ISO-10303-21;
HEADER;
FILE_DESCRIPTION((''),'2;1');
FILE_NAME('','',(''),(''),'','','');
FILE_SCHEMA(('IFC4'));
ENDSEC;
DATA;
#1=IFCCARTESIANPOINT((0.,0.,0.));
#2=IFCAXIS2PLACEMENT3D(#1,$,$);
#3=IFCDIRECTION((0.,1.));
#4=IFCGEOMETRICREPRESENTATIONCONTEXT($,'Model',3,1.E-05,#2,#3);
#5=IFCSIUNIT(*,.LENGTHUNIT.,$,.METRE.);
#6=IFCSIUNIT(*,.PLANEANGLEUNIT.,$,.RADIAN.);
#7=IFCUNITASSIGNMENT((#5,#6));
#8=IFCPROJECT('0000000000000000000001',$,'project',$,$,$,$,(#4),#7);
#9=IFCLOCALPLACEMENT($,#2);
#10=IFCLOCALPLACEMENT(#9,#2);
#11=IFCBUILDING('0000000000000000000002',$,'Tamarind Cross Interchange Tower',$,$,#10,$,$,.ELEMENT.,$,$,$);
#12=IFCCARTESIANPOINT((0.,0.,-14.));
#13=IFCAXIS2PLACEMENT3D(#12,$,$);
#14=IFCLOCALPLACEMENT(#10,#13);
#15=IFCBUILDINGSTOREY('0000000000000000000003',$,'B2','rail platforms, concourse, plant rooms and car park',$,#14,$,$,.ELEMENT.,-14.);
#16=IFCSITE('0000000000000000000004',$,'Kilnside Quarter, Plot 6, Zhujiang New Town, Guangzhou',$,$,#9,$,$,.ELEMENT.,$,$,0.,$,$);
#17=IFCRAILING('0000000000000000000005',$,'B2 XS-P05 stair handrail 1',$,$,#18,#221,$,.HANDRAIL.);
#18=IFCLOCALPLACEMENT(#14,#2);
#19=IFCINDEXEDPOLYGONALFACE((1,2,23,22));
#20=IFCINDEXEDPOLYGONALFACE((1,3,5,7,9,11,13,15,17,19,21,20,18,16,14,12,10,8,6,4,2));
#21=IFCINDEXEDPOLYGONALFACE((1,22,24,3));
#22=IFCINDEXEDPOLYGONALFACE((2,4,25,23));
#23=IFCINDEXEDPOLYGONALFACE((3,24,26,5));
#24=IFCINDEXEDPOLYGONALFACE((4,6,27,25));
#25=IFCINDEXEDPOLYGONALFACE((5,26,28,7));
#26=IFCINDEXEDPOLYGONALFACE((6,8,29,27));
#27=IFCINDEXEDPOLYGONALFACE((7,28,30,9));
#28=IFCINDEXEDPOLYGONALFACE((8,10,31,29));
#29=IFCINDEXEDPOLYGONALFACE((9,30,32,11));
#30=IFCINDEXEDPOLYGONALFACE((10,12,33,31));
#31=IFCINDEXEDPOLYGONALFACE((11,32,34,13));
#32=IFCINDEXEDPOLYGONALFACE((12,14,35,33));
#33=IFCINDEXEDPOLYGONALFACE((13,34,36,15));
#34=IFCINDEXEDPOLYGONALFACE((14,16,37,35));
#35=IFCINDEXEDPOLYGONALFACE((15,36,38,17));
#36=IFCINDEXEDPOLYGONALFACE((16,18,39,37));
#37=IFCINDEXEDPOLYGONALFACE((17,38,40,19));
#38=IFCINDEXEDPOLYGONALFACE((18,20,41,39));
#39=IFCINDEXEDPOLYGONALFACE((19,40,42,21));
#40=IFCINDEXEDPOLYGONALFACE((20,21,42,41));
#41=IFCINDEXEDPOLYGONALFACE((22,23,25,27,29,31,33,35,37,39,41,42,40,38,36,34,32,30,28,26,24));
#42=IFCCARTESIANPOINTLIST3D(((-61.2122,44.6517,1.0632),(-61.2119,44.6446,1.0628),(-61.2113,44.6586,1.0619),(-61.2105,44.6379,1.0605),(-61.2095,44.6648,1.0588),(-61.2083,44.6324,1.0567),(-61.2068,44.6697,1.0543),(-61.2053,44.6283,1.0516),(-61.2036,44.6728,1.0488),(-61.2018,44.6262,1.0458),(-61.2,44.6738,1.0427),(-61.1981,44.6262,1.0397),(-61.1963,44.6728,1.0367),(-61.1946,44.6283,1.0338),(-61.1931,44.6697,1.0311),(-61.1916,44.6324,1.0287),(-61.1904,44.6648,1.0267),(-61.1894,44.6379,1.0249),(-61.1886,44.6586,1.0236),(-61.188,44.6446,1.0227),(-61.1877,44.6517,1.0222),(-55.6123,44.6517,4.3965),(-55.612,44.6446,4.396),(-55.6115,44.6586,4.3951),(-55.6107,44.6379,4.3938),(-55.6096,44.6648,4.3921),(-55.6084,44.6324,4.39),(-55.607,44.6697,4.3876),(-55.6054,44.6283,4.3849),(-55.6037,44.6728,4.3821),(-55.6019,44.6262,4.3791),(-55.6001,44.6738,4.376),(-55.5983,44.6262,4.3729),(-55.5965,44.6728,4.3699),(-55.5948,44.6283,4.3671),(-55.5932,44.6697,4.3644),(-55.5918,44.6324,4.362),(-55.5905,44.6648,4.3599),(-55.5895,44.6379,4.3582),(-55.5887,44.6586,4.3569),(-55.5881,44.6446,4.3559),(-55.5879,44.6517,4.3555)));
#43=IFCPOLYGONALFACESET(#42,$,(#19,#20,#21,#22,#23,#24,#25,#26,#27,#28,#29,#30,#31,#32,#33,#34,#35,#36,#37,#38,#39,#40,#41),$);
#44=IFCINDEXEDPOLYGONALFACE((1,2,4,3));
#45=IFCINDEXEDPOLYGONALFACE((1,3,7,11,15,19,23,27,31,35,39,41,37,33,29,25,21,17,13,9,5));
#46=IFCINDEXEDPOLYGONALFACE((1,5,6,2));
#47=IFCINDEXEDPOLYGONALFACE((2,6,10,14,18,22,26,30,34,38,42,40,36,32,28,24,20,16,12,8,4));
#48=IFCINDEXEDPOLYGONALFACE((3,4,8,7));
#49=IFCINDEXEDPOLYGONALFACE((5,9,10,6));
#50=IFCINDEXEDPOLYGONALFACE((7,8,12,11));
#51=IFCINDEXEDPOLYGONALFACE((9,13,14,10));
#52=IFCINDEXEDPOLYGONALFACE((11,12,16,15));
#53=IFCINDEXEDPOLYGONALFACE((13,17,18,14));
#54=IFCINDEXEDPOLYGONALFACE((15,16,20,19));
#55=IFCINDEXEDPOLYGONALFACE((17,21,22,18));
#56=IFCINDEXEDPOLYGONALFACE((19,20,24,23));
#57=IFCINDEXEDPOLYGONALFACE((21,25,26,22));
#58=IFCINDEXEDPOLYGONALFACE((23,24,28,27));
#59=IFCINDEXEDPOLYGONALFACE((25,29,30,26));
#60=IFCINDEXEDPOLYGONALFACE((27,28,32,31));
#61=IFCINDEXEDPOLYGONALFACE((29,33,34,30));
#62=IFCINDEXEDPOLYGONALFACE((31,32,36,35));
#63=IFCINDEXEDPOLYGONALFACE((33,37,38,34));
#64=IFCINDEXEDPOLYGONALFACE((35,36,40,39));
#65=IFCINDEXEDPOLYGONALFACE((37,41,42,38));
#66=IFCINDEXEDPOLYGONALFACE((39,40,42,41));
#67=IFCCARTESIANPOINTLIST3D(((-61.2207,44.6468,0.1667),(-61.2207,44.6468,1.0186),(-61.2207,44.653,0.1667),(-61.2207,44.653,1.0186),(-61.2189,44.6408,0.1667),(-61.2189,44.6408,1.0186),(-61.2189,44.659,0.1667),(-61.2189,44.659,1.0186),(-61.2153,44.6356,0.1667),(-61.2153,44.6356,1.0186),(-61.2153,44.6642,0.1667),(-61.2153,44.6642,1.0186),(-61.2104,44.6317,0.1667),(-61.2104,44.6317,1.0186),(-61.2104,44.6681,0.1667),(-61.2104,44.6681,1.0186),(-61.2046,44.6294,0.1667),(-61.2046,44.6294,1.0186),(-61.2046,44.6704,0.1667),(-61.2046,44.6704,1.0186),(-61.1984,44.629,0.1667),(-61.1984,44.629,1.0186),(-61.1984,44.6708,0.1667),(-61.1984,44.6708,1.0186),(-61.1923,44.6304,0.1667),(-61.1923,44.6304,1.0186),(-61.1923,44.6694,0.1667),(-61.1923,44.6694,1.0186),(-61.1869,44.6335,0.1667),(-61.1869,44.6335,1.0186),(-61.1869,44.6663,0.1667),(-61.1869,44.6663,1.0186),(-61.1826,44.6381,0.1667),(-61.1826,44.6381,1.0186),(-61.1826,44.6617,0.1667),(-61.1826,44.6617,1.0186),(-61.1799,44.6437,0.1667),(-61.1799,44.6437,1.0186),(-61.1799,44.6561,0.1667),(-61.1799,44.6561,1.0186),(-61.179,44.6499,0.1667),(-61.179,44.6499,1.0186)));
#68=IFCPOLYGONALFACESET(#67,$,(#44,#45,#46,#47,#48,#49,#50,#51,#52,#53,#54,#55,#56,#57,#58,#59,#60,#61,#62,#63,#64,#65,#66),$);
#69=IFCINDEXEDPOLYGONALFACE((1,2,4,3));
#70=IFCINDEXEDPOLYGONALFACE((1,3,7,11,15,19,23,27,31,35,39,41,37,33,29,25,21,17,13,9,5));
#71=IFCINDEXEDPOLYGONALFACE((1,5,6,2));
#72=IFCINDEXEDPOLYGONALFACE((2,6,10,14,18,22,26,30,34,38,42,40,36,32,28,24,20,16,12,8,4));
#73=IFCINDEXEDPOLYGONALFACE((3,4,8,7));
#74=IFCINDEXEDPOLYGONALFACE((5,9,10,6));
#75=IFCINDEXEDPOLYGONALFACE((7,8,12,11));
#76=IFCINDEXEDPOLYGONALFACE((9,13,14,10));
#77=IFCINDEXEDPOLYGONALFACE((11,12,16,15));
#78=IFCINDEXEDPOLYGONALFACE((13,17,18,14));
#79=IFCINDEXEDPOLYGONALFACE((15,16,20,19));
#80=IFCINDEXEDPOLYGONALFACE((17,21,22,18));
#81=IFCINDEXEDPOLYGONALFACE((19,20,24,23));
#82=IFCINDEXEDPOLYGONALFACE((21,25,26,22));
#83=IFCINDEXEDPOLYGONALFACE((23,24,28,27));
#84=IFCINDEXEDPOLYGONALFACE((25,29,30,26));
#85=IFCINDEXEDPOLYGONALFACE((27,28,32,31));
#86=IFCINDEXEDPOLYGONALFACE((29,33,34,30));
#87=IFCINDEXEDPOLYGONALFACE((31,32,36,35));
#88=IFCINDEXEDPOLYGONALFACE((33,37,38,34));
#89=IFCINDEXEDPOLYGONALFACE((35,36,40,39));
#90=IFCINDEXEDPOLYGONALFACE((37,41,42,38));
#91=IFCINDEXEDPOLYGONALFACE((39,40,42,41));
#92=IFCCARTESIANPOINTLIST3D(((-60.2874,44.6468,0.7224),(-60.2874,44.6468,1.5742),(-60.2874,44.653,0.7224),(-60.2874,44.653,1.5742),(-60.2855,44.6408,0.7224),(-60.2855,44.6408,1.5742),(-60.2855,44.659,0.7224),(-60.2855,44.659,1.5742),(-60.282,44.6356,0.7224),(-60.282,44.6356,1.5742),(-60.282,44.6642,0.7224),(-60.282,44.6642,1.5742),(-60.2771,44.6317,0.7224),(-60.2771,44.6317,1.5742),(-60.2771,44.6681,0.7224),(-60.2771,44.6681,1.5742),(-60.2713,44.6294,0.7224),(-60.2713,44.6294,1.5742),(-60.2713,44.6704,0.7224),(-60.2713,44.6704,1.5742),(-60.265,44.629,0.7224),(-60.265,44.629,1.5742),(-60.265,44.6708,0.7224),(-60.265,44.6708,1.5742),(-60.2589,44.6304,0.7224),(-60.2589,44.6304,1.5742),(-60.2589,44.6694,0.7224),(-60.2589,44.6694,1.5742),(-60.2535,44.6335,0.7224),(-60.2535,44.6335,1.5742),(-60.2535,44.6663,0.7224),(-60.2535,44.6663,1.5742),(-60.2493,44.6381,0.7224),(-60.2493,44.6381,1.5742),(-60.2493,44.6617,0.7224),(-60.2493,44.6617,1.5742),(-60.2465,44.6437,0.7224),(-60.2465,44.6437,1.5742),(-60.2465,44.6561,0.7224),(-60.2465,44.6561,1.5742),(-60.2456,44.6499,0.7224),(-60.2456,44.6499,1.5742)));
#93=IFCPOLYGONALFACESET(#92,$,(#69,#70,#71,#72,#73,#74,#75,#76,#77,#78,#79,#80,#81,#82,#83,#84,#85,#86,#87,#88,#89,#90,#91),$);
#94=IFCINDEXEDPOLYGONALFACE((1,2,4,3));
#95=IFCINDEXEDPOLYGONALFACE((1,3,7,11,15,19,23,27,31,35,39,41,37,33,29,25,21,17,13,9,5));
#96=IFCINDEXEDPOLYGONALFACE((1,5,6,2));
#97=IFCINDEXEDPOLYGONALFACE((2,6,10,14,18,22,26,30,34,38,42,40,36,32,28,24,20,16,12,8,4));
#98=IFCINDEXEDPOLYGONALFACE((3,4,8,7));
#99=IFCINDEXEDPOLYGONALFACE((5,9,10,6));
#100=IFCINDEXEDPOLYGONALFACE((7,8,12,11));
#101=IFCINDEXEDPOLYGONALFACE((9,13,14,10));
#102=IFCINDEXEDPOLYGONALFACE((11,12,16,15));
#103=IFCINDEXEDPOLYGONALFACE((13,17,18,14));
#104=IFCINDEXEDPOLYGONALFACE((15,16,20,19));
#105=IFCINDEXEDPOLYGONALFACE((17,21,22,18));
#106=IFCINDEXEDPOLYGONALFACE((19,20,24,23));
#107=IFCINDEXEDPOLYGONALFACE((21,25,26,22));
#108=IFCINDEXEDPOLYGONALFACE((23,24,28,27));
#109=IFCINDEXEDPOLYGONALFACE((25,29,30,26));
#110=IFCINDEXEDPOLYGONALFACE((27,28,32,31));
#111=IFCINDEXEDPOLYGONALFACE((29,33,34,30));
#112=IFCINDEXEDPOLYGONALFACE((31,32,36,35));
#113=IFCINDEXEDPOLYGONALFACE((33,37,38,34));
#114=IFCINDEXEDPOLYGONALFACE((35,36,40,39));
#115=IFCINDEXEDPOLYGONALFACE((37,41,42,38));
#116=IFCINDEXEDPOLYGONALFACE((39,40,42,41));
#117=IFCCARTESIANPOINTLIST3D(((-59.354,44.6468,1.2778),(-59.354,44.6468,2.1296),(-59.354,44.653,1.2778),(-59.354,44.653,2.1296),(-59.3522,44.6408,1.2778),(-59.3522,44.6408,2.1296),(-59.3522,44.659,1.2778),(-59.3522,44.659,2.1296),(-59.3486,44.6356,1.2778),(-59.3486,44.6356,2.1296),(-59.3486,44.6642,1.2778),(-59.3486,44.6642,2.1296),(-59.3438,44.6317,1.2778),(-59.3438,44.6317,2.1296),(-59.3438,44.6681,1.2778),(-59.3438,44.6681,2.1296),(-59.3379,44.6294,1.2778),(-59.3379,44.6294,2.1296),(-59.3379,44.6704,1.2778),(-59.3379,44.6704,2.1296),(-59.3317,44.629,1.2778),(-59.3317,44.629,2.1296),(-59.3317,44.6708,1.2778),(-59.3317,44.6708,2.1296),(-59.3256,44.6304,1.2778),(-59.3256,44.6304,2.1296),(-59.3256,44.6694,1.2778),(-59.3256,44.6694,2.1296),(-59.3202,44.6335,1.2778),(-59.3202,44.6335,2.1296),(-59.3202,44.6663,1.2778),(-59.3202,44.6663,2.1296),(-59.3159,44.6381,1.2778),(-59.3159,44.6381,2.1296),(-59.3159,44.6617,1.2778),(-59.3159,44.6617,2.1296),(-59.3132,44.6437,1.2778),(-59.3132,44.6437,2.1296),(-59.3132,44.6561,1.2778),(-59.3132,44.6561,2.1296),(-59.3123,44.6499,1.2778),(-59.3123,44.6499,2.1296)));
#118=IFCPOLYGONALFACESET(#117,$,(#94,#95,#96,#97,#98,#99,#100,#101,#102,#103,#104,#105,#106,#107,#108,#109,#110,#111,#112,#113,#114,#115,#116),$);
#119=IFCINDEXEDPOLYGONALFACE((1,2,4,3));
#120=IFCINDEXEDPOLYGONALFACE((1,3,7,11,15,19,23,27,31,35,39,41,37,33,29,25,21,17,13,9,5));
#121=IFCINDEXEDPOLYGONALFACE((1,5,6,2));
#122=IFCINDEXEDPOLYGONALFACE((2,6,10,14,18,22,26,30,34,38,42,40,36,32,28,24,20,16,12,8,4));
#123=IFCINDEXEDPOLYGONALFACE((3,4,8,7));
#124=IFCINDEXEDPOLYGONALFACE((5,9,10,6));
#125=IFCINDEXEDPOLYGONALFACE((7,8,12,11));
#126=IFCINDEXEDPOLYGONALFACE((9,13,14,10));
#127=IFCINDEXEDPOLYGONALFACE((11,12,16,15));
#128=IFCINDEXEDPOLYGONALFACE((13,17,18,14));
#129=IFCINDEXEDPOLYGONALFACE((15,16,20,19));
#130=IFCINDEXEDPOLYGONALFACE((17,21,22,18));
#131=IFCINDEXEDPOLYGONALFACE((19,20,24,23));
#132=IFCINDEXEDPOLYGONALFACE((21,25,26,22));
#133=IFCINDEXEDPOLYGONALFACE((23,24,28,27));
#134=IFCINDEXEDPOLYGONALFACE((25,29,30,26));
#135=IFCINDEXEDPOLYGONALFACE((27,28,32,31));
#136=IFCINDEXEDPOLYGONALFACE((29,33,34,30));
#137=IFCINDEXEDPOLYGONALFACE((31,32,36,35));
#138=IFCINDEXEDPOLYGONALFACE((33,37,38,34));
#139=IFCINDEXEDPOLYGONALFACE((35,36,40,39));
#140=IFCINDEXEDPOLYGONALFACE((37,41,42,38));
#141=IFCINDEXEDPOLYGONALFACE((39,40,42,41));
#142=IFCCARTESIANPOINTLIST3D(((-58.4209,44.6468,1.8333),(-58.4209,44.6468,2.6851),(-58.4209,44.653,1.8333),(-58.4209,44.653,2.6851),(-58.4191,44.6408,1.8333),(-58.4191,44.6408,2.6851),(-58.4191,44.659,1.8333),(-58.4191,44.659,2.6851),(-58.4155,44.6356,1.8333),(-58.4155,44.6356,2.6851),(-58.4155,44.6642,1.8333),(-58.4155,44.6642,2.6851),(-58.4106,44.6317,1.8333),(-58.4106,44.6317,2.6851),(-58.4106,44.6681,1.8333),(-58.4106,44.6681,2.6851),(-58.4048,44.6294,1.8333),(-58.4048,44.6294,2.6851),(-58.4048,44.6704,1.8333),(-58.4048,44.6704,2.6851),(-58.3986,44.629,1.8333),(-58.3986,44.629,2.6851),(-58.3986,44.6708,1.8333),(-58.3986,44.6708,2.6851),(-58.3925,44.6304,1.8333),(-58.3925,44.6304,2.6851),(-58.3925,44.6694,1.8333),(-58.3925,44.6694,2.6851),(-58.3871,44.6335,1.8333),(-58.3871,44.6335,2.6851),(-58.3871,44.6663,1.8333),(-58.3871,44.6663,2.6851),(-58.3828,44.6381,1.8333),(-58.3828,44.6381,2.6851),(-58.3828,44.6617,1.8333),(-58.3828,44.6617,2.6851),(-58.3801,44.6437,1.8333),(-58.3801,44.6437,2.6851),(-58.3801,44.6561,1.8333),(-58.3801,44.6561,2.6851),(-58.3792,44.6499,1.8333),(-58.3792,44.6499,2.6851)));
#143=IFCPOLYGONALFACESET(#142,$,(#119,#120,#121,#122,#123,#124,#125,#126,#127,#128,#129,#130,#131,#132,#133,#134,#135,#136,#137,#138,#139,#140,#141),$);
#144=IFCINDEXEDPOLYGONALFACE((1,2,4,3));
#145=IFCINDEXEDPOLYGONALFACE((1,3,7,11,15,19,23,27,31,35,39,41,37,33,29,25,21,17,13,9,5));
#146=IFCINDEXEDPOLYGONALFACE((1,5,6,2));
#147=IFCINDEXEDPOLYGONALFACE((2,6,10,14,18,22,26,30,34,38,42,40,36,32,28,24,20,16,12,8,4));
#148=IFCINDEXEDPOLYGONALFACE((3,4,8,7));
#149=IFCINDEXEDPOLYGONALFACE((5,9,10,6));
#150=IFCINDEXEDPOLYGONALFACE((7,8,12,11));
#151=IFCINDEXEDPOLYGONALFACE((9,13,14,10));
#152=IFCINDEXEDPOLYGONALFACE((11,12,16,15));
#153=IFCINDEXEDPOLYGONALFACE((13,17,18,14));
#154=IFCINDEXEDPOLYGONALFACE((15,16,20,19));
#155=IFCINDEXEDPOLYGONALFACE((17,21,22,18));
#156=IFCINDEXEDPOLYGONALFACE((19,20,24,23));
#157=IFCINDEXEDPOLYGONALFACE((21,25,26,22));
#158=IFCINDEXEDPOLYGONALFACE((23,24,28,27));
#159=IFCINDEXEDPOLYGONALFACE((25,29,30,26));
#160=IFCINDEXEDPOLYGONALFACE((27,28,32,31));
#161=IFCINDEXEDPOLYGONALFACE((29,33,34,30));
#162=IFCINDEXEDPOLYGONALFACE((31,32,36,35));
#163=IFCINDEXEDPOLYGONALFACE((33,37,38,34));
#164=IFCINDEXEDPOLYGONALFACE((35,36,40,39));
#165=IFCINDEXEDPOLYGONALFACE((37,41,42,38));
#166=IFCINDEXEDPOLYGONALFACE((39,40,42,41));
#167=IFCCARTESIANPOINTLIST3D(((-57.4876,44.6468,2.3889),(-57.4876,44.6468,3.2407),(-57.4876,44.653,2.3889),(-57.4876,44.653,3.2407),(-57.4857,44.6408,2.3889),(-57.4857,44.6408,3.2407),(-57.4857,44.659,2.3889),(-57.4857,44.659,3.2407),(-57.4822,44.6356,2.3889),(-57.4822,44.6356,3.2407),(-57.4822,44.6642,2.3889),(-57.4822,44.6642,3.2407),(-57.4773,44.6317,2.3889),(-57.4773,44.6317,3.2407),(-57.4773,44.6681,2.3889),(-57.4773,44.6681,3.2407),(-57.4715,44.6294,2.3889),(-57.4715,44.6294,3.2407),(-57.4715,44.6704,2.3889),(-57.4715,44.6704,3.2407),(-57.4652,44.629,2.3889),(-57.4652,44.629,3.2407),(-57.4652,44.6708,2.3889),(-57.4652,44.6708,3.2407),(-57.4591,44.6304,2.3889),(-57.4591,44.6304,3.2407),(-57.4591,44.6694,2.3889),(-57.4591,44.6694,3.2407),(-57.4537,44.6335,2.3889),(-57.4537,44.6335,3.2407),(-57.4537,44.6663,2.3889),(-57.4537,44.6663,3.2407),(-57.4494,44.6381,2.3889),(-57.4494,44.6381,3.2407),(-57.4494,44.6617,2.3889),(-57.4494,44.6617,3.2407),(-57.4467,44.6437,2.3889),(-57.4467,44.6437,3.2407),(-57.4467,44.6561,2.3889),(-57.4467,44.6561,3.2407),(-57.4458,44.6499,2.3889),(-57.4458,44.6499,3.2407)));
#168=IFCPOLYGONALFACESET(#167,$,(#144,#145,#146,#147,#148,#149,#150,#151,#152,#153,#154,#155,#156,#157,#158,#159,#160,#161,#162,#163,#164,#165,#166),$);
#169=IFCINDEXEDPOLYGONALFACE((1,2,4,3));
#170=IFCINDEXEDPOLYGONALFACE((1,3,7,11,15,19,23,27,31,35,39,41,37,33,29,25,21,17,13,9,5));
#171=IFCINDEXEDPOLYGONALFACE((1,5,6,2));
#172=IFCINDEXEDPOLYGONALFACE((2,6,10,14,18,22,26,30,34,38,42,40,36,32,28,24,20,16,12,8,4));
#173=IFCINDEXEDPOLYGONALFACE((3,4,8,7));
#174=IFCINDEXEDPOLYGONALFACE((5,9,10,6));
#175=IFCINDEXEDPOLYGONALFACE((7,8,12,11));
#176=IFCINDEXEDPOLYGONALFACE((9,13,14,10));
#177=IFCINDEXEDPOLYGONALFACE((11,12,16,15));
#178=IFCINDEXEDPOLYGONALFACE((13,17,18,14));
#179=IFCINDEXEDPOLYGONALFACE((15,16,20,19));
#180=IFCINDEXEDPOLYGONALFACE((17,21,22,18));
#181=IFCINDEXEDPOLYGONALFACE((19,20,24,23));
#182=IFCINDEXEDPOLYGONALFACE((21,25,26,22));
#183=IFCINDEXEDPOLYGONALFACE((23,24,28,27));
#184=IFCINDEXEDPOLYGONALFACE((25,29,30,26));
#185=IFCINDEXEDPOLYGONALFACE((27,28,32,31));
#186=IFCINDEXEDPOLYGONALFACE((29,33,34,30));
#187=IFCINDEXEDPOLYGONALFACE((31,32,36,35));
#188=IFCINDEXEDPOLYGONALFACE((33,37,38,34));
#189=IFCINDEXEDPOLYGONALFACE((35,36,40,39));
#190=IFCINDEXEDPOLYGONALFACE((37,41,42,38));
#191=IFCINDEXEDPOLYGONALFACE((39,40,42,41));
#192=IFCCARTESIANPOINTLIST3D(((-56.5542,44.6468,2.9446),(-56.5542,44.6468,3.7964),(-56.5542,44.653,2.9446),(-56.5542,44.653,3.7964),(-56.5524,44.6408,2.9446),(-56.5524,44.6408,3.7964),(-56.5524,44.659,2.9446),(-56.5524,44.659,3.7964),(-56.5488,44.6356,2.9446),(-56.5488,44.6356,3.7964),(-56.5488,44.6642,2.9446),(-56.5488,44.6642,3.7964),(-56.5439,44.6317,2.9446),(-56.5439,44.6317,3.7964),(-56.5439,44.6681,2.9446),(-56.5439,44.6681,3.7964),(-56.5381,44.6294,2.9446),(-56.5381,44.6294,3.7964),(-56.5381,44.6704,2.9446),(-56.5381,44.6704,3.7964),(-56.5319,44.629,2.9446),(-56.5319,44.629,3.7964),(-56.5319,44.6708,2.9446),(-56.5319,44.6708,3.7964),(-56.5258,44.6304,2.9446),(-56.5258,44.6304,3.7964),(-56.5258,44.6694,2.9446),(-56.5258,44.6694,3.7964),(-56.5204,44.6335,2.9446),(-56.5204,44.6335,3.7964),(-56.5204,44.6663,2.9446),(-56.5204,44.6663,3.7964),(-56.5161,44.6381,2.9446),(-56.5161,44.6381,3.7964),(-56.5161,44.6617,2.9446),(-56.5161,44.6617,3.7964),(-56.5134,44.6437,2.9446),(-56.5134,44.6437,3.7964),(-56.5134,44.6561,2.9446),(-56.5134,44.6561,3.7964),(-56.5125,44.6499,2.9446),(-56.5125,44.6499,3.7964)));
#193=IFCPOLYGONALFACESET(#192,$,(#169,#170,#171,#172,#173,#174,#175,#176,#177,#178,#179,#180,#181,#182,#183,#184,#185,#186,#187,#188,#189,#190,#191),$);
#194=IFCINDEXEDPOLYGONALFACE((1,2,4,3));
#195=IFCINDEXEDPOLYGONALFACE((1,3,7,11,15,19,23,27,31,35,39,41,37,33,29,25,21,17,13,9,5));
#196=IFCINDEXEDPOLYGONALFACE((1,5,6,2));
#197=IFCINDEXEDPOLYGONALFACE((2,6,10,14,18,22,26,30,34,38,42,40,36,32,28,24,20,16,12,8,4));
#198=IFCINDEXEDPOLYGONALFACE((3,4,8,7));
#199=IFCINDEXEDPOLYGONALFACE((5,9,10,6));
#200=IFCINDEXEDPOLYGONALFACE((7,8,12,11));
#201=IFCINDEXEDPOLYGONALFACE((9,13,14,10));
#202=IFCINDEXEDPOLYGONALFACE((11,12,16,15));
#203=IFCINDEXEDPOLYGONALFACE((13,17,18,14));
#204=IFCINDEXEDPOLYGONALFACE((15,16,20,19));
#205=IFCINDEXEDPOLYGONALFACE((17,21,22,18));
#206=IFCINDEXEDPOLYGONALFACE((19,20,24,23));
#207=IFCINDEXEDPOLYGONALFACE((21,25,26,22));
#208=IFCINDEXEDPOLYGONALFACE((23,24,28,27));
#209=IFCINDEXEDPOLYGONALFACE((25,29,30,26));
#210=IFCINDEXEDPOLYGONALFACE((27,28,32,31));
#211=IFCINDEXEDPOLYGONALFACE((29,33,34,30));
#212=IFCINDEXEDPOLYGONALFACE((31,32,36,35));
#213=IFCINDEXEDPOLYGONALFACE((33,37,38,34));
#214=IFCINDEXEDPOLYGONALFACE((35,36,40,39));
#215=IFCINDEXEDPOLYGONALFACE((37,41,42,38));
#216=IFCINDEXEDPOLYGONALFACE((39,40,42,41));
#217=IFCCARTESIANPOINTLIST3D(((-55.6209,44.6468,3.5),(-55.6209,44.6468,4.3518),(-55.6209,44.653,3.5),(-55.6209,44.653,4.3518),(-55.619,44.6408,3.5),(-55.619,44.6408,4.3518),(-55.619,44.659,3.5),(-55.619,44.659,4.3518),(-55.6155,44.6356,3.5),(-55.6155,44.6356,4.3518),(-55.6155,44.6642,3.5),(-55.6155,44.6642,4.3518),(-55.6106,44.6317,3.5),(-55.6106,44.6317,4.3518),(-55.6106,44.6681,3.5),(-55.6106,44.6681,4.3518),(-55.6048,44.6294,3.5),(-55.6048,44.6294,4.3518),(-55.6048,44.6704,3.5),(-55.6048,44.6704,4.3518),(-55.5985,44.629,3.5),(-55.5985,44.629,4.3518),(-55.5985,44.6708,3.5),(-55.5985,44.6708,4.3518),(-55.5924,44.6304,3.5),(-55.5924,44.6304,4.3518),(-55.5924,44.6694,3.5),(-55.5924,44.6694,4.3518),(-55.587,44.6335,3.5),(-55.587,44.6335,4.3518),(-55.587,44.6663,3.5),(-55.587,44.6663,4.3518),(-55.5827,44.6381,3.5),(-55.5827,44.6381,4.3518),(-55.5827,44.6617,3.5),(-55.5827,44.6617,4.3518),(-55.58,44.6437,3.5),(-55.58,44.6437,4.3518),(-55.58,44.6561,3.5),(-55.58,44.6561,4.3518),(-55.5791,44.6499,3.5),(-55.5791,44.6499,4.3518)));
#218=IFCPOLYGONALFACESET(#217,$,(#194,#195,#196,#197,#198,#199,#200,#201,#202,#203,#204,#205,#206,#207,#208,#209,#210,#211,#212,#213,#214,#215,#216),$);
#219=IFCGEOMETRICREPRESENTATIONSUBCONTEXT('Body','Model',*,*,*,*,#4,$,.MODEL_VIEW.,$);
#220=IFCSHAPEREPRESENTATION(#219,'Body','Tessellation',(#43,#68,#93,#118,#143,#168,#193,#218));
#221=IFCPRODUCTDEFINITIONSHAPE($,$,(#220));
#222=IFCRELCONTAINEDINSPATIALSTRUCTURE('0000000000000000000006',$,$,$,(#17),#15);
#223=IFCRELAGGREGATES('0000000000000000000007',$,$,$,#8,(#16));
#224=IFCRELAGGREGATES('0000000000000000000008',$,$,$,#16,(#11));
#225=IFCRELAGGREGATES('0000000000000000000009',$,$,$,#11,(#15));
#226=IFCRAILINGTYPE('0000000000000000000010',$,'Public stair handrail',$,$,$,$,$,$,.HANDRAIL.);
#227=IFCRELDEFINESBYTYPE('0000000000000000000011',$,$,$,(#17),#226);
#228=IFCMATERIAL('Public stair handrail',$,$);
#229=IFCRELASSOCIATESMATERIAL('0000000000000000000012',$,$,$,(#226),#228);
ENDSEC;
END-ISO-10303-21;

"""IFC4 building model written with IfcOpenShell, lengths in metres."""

from ifc_helpers import new_model, si_unit, direction, frame, origin, origin_2d, place, context, subcontext, project, spatial, circle, extrude, material, type_object, element, save


model = new_model("IFC4")

# Units and contexts
model_context = context("Model", 3, precision=1e-05, world=origin(), true_north=direction((0.0, 1.0)))
body_context = subcontext(model_context, "Body", "Model", "MODEL_VIEW")
ifc_project = project(units=[si_unit("LENGTHUNIT", "METRE"), si_unit("PLANEANGLEUNIT", "RADIAN")], contexts=[model_context])

# Site, building, storey
site_placement = place(None, origin())
site = spatial("IfcSite", under=ifc_project, at=site_placement, Name="Kilnside Quarter, Plot 6, Zhujiang New Town, Guangzhou", CompositionType="ELEMENT", RefElevation=0.0)
building_placement = place(site_placement, origin())
building = spatial("IfcBuilding", under=site, at=building_placement, Name="Tamarind Cross Interchange Tower", CompositionType="ELEMENT")
storey_placement = place(building_placement, frame((0.0, 0.0, -14.0)))
storey = spatial("IfcBuildingStorey", under=building, at=storey_placement, Name="B2", Description="rail platforms, concourse, plant rooms and car park", CompositionType="ELEMENT", Elevation=-14.0)

# Railing
ifc_material_1 = material(Name="Public stair handrail")
railing_type_1 = type_object("IfcRailingType", Name="Public stair handrail", PredefinedType="HANDRAIL", material=ifc_material_1)
railing_1_placement = place(storey_placement, frame((-61.2, 44.6499, 0.1667)))
element("IfcRailing", 1, at=railing_1_placement, inside=storey, type_object=railing_type_1, Name="B2 XS-P05 stair handrail 1", PredefinedType="HANDRAIL", context=body_context, shape_type="SweptSolid", body=[
    extrude(circle(Radius=0.0239, at=origin_2d()), frame((0.0, 0.0, 0.876), z_axis=(0.859292, 0.0, 0.511485), x_axis=(0.0, 1.0, 0.0)), (0.0, 0.0, 1.0), 6.5168),
    extrude(circle(Radius=0.021, at=origin_2d()), origin(), (0.0, 0.0, 1.0), 0.8518),
    extrude(circle(Radius=0.021, at=origin_2d()), frame((0.9333, 0.0, 0.5557)), (0.0, 0.0, 1.0), 0.8518),
    extrude(circle(Radius=0.021, at=origin_2d()), frame((1.8667, 0.0, 1.1111)), (0.0, 0.0, 1.0), 0.8518),
    extrude(circle(Radius=0.021, at=origin_2d()), frame((2.7998, 0.0, 1.6665)), (0.0, 0.0, 1.0), 0.8518),
    extrude(circle(Radius=0.021, at=origin_2d()), frame((3.7332, 0.0, 2.2222)), (0.0, 0.0, 1.0), 0.8518),
    extrude(circle(Radius=0.021, at=origin_2d()), frame((4.6665, 0.0, 2.7778)), (0.0, 0.0, 1.0), 0.8518),
    extrude(circle(Radius=0.021, at=origin_2d()), frame((5.5999, 0.0, 3.3333)), (0.0, 0.0, 1.0), 0.8518),
])

save(model, "model.ifc")
